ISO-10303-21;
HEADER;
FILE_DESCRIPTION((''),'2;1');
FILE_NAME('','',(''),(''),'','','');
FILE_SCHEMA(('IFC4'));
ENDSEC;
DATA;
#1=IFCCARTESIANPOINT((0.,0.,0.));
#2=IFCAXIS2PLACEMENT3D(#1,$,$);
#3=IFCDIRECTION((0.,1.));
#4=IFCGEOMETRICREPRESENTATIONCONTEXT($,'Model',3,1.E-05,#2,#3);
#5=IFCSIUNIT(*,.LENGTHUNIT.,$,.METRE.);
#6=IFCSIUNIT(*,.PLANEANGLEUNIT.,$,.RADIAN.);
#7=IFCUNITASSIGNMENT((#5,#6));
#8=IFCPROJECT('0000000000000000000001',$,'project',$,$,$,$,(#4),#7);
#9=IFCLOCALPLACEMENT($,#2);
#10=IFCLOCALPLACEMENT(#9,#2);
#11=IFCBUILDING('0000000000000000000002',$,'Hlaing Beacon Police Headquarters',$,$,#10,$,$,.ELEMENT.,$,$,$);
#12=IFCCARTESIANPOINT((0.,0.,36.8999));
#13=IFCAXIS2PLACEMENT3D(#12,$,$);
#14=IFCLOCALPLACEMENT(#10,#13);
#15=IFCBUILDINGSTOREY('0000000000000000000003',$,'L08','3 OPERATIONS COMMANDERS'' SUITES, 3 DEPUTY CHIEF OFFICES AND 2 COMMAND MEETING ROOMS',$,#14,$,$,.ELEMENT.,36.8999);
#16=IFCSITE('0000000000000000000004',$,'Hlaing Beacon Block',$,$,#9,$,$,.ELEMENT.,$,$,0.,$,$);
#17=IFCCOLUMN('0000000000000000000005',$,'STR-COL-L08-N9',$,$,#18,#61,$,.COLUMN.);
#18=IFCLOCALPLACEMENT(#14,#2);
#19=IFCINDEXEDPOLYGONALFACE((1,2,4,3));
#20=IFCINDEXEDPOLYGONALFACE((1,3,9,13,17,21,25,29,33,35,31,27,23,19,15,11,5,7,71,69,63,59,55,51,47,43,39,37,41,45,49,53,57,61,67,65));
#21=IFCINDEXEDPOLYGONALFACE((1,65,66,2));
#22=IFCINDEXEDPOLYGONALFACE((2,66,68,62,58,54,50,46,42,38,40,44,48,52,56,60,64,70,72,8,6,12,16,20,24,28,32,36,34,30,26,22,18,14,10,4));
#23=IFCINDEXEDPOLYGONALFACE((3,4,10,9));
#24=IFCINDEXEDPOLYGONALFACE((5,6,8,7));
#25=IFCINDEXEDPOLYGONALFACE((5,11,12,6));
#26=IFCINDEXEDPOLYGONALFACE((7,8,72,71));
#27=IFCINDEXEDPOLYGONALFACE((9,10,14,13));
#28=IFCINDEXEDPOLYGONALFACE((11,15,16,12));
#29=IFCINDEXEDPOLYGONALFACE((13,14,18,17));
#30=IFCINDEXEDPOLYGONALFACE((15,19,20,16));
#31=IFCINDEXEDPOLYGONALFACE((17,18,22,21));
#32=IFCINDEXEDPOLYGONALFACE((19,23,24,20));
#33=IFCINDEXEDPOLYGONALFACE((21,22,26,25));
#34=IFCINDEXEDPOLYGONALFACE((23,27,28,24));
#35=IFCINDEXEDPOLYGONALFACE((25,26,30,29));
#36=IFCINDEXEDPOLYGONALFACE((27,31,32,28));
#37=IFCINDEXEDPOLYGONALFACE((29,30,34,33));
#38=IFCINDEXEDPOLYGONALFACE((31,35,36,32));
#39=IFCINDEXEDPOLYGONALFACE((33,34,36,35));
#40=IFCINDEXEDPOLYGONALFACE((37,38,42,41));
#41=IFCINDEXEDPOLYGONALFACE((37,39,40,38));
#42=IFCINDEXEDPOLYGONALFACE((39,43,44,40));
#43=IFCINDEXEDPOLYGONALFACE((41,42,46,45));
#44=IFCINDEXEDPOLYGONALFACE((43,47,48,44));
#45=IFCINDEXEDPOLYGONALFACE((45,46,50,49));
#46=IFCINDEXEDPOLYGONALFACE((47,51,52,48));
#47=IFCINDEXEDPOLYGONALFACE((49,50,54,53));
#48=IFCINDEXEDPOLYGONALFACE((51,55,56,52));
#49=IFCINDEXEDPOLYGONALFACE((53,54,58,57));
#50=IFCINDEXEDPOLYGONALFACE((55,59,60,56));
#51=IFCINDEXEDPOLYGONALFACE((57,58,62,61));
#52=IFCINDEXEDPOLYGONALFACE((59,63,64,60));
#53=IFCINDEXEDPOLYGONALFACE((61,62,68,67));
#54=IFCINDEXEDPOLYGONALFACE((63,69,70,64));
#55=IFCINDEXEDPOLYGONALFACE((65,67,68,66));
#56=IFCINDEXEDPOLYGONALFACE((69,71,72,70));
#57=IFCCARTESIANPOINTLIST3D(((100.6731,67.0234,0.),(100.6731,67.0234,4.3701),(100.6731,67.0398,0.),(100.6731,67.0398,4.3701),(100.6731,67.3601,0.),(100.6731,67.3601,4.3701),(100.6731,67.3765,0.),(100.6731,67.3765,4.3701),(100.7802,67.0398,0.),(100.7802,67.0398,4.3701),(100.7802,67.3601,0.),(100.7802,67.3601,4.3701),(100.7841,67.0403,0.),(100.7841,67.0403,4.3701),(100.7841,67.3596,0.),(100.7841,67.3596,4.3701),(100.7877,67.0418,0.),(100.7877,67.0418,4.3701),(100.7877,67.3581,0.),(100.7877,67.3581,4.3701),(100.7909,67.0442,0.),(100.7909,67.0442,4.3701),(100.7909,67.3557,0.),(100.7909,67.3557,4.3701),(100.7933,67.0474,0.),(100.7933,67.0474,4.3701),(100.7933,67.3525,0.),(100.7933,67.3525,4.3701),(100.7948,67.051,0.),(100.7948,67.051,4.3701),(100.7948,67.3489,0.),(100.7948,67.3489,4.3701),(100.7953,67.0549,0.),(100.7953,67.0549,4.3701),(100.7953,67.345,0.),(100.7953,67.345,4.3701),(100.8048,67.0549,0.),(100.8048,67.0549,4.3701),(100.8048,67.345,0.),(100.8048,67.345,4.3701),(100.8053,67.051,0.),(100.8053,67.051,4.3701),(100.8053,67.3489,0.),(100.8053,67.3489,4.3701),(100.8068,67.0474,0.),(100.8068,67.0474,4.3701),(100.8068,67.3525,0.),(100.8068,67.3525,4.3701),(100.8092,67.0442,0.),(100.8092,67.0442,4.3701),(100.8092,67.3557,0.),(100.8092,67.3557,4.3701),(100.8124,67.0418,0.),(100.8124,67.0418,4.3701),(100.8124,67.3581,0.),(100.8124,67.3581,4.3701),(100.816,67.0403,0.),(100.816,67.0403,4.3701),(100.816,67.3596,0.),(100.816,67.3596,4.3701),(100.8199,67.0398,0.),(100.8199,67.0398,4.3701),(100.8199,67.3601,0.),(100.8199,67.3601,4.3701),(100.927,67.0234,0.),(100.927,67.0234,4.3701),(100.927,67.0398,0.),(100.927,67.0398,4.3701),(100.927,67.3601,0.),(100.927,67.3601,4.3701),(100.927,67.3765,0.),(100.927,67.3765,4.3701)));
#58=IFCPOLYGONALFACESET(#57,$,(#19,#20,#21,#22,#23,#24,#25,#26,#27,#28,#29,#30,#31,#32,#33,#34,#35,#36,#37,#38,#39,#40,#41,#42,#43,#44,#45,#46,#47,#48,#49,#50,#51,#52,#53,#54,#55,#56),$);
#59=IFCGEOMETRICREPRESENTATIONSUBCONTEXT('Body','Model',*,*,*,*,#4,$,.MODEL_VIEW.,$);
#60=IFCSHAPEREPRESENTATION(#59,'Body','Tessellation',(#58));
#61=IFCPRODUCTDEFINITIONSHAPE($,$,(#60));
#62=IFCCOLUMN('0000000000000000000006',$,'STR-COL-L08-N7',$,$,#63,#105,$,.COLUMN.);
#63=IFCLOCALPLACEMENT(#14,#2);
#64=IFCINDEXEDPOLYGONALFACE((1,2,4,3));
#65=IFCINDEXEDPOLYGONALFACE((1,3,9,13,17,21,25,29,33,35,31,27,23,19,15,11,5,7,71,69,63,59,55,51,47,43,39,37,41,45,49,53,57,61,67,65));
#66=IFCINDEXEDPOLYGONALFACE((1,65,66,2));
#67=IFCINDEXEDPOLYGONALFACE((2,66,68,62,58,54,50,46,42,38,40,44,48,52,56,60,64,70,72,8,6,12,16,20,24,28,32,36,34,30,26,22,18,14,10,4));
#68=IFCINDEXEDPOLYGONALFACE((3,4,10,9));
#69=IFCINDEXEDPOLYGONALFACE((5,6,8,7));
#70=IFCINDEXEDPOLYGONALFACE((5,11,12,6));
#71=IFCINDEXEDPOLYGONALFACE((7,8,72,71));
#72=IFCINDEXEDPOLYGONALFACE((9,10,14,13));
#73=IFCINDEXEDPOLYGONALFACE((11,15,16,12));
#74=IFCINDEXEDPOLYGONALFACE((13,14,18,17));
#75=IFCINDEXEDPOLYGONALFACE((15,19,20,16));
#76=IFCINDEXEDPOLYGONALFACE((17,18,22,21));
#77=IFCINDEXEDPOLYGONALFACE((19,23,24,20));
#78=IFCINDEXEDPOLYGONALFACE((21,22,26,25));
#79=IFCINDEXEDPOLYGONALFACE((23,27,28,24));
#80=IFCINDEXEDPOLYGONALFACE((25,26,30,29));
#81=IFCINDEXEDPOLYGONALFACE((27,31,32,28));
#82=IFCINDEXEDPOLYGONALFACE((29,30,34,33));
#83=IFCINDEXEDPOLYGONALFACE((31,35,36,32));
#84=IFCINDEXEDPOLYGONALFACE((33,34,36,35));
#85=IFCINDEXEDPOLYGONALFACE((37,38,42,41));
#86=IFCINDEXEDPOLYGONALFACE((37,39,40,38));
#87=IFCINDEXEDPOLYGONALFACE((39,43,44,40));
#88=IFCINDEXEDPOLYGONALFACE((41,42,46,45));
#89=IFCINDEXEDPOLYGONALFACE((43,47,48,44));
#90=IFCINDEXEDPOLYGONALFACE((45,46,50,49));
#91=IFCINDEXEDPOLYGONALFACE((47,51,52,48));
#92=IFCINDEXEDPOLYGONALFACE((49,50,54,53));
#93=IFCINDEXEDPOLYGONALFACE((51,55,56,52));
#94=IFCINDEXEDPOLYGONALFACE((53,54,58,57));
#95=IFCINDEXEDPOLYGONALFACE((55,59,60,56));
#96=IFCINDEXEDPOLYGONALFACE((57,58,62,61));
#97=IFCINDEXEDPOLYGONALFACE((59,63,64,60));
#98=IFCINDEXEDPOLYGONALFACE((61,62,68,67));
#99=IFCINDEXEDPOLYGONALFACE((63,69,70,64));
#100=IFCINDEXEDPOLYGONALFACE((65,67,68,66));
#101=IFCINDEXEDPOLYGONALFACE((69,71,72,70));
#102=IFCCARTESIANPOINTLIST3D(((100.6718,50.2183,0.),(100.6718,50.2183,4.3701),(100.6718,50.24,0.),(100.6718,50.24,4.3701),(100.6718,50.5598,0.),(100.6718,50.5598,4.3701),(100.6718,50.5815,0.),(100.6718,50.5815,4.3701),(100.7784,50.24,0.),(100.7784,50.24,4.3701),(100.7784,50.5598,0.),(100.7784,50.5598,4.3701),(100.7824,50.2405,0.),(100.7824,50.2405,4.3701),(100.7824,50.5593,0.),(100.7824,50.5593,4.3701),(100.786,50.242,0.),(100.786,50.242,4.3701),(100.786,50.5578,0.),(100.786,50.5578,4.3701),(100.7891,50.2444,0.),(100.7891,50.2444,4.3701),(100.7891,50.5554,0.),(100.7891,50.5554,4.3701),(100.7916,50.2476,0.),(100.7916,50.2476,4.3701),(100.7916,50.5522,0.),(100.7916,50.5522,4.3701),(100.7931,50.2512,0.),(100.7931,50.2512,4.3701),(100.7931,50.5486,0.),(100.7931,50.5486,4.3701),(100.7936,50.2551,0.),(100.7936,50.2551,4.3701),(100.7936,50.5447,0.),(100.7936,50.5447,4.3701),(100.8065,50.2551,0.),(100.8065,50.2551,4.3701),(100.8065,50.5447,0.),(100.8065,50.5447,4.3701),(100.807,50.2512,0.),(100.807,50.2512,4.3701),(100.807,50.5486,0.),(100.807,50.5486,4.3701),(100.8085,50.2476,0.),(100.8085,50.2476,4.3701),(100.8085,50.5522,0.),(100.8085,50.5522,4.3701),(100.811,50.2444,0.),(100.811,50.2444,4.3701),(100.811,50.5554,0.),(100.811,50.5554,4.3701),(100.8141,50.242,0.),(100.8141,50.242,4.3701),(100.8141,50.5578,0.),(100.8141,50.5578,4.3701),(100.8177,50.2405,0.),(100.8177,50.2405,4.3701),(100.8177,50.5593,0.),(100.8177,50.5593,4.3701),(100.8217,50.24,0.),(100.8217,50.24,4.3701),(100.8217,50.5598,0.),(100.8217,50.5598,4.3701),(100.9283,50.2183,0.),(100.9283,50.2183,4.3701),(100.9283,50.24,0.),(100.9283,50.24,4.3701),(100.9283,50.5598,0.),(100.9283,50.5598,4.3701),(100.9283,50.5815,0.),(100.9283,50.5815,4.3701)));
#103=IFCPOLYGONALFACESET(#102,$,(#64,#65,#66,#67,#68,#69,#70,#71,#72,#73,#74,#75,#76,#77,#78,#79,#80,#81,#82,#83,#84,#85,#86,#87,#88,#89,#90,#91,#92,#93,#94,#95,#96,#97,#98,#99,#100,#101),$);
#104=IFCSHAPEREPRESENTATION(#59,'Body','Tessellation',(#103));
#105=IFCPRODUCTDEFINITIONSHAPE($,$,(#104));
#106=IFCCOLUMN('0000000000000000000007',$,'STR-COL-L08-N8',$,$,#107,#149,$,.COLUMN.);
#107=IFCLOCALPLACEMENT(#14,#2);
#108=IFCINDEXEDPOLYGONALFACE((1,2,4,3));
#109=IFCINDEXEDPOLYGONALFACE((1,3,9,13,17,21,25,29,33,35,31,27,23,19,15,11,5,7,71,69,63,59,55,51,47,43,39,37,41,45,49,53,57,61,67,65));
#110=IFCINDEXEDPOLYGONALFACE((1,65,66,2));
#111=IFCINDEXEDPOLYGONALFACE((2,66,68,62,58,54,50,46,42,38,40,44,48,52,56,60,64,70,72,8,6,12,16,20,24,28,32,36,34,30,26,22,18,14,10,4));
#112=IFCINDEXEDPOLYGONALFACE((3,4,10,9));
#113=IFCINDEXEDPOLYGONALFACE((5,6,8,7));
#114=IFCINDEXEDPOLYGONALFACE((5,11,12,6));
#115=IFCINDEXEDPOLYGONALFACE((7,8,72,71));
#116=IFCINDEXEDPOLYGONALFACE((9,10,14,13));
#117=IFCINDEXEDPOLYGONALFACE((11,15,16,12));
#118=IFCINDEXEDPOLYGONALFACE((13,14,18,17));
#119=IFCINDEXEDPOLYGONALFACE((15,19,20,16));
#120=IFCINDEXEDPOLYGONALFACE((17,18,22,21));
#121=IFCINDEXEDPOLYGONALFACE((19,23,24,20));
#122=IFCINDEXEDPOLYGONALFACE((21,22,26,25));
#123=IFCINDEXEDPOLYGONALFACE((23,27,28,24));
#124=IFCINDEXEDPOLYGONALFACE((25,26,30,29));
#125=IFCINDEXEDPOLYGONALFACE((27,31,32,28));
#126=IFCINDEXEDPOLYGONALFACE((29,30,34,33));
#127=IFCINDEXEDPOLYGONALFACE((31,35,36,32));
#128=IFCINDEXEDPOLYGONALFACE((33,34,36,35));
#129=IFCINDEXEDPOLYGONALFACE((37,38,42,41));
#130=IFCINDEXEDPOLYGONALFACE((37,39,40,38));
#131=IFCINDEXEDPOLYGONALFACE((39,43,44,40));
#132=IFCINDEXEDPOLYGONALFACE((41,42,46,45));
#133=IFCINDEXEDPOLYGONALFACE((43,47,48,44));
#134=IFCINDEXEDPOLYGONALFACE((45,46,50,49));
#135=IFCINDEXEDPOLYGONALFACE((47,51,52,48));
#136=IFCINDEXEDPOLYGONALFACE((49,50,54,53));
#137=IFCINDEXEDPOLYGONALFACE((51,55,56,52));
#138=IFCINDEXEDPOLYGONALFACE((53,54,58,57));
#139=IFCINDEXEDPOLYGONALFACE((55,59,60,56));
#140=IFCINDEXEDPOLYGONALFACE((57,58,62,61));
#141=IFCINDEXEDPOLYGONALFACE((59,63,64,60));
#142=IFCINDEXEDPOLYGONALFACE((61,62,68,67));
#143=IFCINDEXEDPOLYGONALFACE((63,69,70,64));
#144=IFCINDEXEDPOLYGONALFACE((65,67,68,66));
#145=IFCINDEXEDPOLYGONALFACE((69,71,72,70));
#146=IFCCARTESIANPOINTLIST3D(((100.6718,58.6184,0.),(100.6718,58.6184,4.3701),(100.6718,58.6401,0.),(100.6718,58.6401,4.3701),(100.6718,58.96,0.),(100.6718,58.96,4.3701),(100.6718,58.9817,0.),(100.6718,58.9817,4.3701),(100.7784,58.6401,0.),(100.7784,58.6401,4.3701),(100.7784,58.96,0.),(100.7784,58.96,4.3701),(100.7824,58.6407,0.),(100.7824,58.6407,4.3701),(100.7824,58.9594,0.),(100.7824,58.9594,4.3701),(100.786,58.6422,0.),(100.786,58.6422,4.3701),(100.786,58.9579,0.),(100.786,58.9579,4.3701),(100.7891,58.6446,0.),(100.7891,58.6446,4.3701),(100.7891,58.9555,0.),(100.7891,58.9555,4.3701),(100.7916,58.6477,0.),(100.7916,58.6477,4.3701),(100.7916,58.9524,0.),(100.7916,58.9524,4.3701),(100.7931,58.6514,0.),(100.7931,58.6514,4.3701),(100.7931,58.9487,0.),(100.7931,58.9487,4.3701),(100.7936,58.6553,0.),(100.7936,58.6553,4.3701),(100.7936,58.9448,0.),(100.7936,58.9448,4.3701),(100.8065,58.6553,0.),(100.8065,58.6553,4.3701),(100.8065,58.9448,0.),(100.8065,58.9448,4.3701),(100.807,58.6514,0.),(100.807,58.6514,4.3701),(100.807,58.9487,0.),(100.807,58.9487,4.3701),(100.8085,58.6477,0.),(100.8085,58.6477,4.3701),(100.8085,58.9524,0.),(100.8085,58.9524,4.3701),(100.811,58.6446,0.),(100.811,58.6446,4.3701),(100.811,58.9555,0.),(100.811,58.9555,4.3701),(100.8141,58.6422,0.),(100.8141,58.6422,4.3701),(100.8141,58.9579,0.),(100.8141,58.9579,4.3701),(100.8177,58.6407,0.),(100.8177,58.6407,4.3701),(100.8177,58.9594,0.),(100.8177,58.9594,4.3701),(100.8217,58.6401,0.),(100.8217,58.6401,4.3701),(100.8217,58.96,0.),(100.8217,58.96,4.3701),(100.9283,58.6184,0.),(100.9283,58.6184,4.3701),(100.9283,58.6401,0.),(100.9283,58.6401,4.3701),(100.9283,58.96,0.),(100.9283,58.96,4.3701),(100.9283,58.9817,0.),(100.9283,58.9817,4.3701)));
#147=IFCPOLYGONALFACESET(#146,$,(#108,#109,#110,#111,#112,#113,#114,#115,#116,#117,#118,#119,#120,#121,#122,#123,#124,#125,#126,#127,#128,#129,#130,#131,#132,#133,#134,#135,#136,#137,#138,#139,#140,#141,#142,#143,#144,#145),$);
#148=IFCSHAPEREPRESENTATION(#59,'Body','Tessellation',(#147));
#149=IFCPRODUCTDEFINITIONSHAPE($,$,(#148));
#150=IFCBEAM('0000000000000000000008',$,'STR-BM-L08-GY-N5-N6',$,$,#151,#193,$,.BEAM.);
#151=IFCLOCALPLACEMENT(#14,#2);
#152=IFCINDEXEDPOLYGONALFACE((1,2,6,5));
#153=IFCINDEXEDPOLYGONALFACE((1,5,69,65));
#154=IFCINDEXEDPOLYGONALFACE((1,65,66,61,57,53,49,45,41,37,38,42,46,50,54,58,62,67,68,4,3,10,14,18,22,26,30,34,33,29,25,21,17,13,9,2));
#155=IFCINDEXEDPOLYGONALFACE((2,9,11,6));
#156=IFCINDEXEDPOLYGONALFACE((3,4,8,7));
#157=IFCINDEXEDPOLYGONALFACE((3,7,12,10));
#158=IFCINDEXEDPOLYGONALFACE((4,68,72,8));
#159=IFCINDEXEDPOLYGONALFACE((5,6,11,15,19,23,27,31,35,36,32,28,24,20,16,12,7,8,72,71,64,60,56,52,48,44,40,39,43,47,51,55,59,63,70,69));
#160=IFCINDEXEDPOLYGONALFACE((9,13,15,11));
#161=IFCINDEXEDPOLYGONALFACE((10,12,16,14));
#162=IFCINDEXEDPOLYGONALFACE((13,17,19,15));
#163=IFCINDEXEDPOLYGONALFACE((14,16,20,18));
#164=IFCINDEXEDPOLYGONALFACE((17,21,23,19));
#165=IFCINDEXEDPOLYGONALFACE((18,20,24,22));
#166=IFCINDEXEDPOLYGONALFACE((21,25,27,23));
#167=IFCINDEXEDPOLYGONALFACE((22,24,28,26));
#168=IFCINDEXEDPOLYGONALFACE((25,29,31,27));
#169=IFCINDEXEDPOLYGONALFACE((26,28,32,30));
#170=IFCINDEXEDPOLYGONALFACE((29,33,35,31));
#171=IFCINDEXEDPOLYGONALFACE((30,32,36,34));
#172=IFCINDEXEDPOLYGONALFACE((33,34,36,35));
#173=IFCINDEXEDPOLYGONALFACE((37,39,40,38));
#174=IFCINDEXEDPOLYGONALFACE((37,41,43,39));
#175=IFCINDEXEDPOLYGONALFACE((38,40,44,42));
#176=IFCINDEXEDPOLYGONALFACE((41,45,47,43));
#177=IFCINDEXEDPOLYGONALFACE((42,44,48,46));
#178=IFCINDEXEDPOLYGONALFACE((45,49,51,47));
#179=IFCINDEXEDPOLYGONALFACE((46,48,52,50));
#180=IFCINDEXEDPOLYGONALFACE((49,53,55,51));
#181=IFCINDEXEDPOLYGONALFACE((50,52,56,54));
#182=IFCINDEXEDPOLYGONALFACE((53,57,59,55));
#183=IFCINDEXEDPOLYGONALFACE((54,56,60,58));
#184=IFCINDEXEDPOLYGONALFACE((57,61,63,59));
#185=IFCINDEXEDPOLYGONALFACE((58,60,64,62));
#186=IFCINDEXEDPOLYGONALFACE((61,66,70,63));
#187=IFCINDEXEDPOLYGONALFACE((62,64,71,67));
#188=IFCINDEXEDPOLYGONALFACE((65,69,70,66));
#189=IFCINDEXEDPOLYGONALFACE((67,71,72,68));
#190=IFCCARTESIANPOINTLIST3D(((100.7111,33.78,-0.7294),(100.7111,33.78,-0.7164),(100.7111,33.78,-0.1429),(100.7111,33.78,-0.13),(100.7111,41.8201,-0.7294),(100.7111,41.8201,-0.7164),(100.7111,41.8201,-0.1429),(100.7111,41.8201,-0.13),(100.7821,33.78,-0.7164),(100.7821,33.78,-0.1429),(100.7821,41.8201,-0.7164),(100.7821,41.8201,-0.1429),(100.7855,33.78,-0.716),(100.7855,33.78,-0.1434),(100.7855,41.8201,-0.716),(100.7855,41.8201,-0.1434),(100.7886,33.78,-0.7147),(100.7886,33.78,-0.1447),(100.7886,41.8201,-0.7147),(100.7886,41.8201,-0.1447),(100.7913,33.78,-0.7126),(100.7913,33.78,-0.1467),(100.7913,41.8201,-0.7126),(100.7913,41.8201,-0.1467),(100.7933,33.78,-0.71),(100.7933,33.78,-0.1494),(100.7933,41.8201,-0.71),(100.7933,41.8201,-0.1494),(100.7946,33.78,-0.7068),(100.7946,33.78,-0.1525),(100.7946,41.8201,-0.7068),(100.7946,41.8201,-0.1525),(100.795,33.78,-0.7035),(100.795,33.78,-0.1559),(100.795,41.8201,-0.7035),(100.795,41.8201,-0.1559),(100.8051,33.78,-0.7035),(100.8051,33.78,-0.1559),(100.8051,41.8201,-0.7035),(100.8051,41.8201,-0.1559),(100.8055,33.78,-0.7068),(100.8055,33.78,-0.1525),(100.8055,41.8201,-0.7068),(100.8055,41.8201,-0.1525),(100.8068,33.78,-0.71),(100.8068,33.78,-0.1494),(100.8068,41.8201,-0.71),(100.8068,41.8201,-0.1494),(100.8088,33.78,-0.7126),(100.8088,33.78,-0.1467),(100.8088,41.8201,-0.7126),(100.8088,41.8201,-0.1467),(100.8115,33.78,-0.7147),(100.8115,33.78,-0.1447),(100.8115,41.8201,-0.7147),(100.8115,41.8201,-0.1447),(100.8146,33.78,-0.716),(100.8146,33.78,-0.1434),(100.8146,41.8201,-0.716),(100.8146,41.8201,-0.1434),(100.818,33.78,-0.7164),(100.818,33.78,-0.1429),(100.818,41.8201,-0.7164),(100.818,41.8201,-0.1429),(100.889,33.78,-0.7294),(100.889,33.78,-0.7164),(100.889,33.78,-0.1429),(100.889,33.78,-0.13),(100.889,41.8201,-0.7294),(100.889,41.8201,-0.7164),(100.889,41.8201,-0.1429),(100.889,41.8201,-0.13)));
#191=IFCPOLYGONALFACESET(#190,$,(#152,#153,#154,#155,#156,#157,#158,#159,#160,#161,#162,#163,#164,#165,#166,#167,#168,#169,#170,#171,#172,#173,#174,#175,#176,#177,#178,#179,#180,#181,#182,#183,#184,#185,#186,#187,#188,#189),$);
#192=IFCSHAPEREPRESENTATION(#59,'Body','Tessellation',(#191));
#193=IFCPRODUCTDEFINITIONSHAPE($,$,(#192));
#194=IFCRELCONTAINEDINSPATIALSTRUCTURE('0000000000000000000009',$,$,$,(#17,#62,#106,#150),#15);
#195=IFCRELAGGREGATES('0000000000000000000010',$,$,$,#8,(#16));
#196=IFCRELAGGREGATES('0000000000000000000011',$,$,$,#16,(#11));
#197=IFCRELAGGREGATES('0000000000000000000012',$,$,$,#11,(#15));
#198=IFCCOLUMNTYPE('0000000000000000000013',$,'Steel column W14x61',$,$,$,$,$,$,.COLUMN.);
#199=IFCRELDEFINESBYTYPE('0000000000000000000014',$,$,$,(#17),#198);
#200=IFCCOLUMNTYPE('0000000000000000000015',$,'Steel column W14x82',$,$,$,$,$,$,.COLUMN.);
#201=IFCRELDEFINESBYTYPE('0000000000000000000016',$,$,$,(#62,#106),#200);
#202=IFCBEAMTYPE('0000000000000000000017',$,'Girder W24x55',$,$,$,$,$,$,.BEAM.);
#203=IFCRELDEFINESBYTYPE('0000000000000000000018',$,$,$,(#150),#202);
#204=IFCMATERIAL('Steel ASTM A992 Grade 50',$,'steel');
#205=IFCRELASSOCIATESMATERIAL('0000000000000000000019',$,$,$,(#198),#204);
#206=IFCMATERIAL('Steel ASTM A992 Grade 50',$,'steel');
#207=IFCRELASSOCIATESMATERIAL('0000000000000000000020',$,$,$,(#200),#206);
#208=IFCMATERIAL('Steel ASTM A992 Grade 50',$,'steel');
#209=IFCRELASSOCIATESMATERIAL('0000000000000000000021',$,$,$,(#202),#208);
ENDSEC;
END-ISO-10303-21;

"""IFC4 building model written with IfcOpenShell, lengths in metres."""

from ifc_helpers import new_model, si_unit, direction, frame, origin, origin_2d, place, context, subcontext, project, spatial, i_section, extrude, material, material_profile, profile_set, type_object, element, save


model = new_model("IFC4")

# Units and contexts
model_context = context("Model", 3, precision=1e-05, world=origin(), true_north=direction((0.0, 1.0)))
body_context = subcontext(model_context, "Body", "Model", "MODEL_VIEW")
ifc_project = project(units=[si_unit("LENGTHUNIT", "METRE"), si_unit("PLANEANGLEUNIT", "RADIAN")], contexts=[model_context])

# Site, building, storey
site_placement = place(None, origin())
site = spatial("IfcSite", under=ifc_project, at=site_placement, Name="Hlaing Beacon Block", CompositionType="ELEMENT", RefElevation=0.0)
building_placement = place(site_placement, origin())
building = spatial("IfcBuilding", under=site, at=building_placement, Name="Hlaing Beacon Police Headquarters", CompositionType="ELEMENT")
storey_placement = place(building_placement, frame((0.0, 0.0, 36.8999)))
storey = spatial("IfcBuildingStorey", under=building, at=storey_placement, Name="L08", Description="3 OPERATIONS COMMANDERS' SUITES, 3 DEPUTY CHIEF OFFICES AND 2 COMMAND MEETING ROOMS", CompositionType="ELEMENT", Elevation=36.8999)

# Columns
ifc_material_1 = material(Name="Steel ASTM A992 Grade 50", Category="steel")
ifc_material_profile_1 = material_profile(ifc_material_1, i_section(OverallWidth=0.2539, OverallDepth=0.353, WebThickness=0.0095, FlangeThickness=0.0164, FilletRadius=0.0151, at=origin_2d()), Name="W14x61")
ifc_profile_set_1 = profile_set([ifc_material_profile_1], Name="Steel ASTM A992 Grade 50")
column_type_1 = type_object("IfcColumnType", Name="Steel column W14x61", PredefinedType="COLUMN", material=ifc_profile_set_1)
column_placement = place(storey_placement, frame((100.8, 67.2, 0.0), z_axis=(0.0, 0.0, 1.0), x_axis=(1.0, 0.0, 0.0)))
element("IfcColumn", 1, at=column_placement, inside=storey, type_object=column_type_1, Name="STR-COL-L08-N9", PredefinedType="COLUMN", context=body_context, shape_type="SweptSolid", body=[
    extrude(i_section(OverallWidth=0.2539, OverallDepth=0.353, WebThickness=0.0095, FlangeThickness=0.0164, FilletRadius=0.0151, at=origin_2d()), origin(), (0.0, 0.0, 1.0), 4.3701),
])
ifc_material_2 = material(Name="Steel ASTM A992 Grade 50", Category="steel")
ifc_material_profile_2 = material_profile(ifc_material_2, i_section(OverallWidth=0.2566, OverallDepth=0.3633, WebThickness=0.0129, FlangeThickness=0.0217, FilletRadius=0.0151, at=origin_2d()), Name="W14x82")
ifc_profile_set_2 = profile_set([ifc_material_profile_2], Name="Steel ASTM A992 Grade 50")
column_type_2 = type_object("IfcColumnType", Name="Steel column W14x82", PredefinedType="COLUMN", material=ifc_profile_set_2)
for number, where, z_axis, x_axis, name in (
    (2, (100.8, 50.3999, 0.0), (0.0, 0.0, 1.0), (1.0, 0.0, 0.0), "STR-COL-L08-N7"),
    (3, (100.8, 58.8, 0.0), (0.0, 0.0, 1.0), (1.0, 0.0, 0.0), "STR-COL-L08-N8"),
):
    element("IfcColumn", number, at=place(storey_placement, frame(where, z_axis=z_axis, x_axis=x_axis)), inside=storey, type_object=column_type_2, Name=name, PredefinedType="COLUMN", context=body_context, shape_type="SweptSolid", body=[
        extrude(i_section(OverallWidth=0.2566, OverallDepth=0.3633, WebThickness=0.0129, FlangeThickness=0.0217, FilletRadius=0.0151, at=origin_2d()), origin(), (0.0, 0.0, 1.0), 4.3701),
    ])

# Beam
ifc_material_3 = material(Name="Steel ASTM A992 Grade 50", Category="steel")
ifc_material_profile_3 = material_profile(ifc_material_3, i_section(OverallWidth=0.178, OverallDepth=0.5994, WebThickness=0.01, FlangeThickness=0.0129, FilletRadius=0.0129, at=origin_2d()), Name="W24x55")
ifc_profile_set_3 = profile_set([ifc_material_profile_3], Name="Steel ASTM A992 Grade 50")
beam_type_1 = type_object("IfcBeamType", Name="Girder W24x55", PredefinedType="BEAM", material=ifc_profile_set_3)
for number, where, z_axis, x_axis, name in (
    (4, (100.8, 33.78, -0.4297), (0.0, 1.0, 0.0), (-1.0, 0.0, 0.0), "STR-BM-L08-GY-N5-N6"),
):
    element("IfcBeam", number, at=place(storey_placement, frame(where, z_axis=z_axis, x_axis=x_axis)), inside=storey, type_object=beam_type_1, Name=name, PredefinedType="BEAM", context=body_context, shape_type="SweptSolid", body=[
        extrude(i_section(OverallWidth=0.178, OverallDepth=0.5994, WebThickness=0.01, FlangeThickness=0.0129, FilletRadius=0.0129, at=origin_2d()), origin(), (0.0, 0.0, 1.0), 8.04),
    ])

save(model, "model.ifc")
